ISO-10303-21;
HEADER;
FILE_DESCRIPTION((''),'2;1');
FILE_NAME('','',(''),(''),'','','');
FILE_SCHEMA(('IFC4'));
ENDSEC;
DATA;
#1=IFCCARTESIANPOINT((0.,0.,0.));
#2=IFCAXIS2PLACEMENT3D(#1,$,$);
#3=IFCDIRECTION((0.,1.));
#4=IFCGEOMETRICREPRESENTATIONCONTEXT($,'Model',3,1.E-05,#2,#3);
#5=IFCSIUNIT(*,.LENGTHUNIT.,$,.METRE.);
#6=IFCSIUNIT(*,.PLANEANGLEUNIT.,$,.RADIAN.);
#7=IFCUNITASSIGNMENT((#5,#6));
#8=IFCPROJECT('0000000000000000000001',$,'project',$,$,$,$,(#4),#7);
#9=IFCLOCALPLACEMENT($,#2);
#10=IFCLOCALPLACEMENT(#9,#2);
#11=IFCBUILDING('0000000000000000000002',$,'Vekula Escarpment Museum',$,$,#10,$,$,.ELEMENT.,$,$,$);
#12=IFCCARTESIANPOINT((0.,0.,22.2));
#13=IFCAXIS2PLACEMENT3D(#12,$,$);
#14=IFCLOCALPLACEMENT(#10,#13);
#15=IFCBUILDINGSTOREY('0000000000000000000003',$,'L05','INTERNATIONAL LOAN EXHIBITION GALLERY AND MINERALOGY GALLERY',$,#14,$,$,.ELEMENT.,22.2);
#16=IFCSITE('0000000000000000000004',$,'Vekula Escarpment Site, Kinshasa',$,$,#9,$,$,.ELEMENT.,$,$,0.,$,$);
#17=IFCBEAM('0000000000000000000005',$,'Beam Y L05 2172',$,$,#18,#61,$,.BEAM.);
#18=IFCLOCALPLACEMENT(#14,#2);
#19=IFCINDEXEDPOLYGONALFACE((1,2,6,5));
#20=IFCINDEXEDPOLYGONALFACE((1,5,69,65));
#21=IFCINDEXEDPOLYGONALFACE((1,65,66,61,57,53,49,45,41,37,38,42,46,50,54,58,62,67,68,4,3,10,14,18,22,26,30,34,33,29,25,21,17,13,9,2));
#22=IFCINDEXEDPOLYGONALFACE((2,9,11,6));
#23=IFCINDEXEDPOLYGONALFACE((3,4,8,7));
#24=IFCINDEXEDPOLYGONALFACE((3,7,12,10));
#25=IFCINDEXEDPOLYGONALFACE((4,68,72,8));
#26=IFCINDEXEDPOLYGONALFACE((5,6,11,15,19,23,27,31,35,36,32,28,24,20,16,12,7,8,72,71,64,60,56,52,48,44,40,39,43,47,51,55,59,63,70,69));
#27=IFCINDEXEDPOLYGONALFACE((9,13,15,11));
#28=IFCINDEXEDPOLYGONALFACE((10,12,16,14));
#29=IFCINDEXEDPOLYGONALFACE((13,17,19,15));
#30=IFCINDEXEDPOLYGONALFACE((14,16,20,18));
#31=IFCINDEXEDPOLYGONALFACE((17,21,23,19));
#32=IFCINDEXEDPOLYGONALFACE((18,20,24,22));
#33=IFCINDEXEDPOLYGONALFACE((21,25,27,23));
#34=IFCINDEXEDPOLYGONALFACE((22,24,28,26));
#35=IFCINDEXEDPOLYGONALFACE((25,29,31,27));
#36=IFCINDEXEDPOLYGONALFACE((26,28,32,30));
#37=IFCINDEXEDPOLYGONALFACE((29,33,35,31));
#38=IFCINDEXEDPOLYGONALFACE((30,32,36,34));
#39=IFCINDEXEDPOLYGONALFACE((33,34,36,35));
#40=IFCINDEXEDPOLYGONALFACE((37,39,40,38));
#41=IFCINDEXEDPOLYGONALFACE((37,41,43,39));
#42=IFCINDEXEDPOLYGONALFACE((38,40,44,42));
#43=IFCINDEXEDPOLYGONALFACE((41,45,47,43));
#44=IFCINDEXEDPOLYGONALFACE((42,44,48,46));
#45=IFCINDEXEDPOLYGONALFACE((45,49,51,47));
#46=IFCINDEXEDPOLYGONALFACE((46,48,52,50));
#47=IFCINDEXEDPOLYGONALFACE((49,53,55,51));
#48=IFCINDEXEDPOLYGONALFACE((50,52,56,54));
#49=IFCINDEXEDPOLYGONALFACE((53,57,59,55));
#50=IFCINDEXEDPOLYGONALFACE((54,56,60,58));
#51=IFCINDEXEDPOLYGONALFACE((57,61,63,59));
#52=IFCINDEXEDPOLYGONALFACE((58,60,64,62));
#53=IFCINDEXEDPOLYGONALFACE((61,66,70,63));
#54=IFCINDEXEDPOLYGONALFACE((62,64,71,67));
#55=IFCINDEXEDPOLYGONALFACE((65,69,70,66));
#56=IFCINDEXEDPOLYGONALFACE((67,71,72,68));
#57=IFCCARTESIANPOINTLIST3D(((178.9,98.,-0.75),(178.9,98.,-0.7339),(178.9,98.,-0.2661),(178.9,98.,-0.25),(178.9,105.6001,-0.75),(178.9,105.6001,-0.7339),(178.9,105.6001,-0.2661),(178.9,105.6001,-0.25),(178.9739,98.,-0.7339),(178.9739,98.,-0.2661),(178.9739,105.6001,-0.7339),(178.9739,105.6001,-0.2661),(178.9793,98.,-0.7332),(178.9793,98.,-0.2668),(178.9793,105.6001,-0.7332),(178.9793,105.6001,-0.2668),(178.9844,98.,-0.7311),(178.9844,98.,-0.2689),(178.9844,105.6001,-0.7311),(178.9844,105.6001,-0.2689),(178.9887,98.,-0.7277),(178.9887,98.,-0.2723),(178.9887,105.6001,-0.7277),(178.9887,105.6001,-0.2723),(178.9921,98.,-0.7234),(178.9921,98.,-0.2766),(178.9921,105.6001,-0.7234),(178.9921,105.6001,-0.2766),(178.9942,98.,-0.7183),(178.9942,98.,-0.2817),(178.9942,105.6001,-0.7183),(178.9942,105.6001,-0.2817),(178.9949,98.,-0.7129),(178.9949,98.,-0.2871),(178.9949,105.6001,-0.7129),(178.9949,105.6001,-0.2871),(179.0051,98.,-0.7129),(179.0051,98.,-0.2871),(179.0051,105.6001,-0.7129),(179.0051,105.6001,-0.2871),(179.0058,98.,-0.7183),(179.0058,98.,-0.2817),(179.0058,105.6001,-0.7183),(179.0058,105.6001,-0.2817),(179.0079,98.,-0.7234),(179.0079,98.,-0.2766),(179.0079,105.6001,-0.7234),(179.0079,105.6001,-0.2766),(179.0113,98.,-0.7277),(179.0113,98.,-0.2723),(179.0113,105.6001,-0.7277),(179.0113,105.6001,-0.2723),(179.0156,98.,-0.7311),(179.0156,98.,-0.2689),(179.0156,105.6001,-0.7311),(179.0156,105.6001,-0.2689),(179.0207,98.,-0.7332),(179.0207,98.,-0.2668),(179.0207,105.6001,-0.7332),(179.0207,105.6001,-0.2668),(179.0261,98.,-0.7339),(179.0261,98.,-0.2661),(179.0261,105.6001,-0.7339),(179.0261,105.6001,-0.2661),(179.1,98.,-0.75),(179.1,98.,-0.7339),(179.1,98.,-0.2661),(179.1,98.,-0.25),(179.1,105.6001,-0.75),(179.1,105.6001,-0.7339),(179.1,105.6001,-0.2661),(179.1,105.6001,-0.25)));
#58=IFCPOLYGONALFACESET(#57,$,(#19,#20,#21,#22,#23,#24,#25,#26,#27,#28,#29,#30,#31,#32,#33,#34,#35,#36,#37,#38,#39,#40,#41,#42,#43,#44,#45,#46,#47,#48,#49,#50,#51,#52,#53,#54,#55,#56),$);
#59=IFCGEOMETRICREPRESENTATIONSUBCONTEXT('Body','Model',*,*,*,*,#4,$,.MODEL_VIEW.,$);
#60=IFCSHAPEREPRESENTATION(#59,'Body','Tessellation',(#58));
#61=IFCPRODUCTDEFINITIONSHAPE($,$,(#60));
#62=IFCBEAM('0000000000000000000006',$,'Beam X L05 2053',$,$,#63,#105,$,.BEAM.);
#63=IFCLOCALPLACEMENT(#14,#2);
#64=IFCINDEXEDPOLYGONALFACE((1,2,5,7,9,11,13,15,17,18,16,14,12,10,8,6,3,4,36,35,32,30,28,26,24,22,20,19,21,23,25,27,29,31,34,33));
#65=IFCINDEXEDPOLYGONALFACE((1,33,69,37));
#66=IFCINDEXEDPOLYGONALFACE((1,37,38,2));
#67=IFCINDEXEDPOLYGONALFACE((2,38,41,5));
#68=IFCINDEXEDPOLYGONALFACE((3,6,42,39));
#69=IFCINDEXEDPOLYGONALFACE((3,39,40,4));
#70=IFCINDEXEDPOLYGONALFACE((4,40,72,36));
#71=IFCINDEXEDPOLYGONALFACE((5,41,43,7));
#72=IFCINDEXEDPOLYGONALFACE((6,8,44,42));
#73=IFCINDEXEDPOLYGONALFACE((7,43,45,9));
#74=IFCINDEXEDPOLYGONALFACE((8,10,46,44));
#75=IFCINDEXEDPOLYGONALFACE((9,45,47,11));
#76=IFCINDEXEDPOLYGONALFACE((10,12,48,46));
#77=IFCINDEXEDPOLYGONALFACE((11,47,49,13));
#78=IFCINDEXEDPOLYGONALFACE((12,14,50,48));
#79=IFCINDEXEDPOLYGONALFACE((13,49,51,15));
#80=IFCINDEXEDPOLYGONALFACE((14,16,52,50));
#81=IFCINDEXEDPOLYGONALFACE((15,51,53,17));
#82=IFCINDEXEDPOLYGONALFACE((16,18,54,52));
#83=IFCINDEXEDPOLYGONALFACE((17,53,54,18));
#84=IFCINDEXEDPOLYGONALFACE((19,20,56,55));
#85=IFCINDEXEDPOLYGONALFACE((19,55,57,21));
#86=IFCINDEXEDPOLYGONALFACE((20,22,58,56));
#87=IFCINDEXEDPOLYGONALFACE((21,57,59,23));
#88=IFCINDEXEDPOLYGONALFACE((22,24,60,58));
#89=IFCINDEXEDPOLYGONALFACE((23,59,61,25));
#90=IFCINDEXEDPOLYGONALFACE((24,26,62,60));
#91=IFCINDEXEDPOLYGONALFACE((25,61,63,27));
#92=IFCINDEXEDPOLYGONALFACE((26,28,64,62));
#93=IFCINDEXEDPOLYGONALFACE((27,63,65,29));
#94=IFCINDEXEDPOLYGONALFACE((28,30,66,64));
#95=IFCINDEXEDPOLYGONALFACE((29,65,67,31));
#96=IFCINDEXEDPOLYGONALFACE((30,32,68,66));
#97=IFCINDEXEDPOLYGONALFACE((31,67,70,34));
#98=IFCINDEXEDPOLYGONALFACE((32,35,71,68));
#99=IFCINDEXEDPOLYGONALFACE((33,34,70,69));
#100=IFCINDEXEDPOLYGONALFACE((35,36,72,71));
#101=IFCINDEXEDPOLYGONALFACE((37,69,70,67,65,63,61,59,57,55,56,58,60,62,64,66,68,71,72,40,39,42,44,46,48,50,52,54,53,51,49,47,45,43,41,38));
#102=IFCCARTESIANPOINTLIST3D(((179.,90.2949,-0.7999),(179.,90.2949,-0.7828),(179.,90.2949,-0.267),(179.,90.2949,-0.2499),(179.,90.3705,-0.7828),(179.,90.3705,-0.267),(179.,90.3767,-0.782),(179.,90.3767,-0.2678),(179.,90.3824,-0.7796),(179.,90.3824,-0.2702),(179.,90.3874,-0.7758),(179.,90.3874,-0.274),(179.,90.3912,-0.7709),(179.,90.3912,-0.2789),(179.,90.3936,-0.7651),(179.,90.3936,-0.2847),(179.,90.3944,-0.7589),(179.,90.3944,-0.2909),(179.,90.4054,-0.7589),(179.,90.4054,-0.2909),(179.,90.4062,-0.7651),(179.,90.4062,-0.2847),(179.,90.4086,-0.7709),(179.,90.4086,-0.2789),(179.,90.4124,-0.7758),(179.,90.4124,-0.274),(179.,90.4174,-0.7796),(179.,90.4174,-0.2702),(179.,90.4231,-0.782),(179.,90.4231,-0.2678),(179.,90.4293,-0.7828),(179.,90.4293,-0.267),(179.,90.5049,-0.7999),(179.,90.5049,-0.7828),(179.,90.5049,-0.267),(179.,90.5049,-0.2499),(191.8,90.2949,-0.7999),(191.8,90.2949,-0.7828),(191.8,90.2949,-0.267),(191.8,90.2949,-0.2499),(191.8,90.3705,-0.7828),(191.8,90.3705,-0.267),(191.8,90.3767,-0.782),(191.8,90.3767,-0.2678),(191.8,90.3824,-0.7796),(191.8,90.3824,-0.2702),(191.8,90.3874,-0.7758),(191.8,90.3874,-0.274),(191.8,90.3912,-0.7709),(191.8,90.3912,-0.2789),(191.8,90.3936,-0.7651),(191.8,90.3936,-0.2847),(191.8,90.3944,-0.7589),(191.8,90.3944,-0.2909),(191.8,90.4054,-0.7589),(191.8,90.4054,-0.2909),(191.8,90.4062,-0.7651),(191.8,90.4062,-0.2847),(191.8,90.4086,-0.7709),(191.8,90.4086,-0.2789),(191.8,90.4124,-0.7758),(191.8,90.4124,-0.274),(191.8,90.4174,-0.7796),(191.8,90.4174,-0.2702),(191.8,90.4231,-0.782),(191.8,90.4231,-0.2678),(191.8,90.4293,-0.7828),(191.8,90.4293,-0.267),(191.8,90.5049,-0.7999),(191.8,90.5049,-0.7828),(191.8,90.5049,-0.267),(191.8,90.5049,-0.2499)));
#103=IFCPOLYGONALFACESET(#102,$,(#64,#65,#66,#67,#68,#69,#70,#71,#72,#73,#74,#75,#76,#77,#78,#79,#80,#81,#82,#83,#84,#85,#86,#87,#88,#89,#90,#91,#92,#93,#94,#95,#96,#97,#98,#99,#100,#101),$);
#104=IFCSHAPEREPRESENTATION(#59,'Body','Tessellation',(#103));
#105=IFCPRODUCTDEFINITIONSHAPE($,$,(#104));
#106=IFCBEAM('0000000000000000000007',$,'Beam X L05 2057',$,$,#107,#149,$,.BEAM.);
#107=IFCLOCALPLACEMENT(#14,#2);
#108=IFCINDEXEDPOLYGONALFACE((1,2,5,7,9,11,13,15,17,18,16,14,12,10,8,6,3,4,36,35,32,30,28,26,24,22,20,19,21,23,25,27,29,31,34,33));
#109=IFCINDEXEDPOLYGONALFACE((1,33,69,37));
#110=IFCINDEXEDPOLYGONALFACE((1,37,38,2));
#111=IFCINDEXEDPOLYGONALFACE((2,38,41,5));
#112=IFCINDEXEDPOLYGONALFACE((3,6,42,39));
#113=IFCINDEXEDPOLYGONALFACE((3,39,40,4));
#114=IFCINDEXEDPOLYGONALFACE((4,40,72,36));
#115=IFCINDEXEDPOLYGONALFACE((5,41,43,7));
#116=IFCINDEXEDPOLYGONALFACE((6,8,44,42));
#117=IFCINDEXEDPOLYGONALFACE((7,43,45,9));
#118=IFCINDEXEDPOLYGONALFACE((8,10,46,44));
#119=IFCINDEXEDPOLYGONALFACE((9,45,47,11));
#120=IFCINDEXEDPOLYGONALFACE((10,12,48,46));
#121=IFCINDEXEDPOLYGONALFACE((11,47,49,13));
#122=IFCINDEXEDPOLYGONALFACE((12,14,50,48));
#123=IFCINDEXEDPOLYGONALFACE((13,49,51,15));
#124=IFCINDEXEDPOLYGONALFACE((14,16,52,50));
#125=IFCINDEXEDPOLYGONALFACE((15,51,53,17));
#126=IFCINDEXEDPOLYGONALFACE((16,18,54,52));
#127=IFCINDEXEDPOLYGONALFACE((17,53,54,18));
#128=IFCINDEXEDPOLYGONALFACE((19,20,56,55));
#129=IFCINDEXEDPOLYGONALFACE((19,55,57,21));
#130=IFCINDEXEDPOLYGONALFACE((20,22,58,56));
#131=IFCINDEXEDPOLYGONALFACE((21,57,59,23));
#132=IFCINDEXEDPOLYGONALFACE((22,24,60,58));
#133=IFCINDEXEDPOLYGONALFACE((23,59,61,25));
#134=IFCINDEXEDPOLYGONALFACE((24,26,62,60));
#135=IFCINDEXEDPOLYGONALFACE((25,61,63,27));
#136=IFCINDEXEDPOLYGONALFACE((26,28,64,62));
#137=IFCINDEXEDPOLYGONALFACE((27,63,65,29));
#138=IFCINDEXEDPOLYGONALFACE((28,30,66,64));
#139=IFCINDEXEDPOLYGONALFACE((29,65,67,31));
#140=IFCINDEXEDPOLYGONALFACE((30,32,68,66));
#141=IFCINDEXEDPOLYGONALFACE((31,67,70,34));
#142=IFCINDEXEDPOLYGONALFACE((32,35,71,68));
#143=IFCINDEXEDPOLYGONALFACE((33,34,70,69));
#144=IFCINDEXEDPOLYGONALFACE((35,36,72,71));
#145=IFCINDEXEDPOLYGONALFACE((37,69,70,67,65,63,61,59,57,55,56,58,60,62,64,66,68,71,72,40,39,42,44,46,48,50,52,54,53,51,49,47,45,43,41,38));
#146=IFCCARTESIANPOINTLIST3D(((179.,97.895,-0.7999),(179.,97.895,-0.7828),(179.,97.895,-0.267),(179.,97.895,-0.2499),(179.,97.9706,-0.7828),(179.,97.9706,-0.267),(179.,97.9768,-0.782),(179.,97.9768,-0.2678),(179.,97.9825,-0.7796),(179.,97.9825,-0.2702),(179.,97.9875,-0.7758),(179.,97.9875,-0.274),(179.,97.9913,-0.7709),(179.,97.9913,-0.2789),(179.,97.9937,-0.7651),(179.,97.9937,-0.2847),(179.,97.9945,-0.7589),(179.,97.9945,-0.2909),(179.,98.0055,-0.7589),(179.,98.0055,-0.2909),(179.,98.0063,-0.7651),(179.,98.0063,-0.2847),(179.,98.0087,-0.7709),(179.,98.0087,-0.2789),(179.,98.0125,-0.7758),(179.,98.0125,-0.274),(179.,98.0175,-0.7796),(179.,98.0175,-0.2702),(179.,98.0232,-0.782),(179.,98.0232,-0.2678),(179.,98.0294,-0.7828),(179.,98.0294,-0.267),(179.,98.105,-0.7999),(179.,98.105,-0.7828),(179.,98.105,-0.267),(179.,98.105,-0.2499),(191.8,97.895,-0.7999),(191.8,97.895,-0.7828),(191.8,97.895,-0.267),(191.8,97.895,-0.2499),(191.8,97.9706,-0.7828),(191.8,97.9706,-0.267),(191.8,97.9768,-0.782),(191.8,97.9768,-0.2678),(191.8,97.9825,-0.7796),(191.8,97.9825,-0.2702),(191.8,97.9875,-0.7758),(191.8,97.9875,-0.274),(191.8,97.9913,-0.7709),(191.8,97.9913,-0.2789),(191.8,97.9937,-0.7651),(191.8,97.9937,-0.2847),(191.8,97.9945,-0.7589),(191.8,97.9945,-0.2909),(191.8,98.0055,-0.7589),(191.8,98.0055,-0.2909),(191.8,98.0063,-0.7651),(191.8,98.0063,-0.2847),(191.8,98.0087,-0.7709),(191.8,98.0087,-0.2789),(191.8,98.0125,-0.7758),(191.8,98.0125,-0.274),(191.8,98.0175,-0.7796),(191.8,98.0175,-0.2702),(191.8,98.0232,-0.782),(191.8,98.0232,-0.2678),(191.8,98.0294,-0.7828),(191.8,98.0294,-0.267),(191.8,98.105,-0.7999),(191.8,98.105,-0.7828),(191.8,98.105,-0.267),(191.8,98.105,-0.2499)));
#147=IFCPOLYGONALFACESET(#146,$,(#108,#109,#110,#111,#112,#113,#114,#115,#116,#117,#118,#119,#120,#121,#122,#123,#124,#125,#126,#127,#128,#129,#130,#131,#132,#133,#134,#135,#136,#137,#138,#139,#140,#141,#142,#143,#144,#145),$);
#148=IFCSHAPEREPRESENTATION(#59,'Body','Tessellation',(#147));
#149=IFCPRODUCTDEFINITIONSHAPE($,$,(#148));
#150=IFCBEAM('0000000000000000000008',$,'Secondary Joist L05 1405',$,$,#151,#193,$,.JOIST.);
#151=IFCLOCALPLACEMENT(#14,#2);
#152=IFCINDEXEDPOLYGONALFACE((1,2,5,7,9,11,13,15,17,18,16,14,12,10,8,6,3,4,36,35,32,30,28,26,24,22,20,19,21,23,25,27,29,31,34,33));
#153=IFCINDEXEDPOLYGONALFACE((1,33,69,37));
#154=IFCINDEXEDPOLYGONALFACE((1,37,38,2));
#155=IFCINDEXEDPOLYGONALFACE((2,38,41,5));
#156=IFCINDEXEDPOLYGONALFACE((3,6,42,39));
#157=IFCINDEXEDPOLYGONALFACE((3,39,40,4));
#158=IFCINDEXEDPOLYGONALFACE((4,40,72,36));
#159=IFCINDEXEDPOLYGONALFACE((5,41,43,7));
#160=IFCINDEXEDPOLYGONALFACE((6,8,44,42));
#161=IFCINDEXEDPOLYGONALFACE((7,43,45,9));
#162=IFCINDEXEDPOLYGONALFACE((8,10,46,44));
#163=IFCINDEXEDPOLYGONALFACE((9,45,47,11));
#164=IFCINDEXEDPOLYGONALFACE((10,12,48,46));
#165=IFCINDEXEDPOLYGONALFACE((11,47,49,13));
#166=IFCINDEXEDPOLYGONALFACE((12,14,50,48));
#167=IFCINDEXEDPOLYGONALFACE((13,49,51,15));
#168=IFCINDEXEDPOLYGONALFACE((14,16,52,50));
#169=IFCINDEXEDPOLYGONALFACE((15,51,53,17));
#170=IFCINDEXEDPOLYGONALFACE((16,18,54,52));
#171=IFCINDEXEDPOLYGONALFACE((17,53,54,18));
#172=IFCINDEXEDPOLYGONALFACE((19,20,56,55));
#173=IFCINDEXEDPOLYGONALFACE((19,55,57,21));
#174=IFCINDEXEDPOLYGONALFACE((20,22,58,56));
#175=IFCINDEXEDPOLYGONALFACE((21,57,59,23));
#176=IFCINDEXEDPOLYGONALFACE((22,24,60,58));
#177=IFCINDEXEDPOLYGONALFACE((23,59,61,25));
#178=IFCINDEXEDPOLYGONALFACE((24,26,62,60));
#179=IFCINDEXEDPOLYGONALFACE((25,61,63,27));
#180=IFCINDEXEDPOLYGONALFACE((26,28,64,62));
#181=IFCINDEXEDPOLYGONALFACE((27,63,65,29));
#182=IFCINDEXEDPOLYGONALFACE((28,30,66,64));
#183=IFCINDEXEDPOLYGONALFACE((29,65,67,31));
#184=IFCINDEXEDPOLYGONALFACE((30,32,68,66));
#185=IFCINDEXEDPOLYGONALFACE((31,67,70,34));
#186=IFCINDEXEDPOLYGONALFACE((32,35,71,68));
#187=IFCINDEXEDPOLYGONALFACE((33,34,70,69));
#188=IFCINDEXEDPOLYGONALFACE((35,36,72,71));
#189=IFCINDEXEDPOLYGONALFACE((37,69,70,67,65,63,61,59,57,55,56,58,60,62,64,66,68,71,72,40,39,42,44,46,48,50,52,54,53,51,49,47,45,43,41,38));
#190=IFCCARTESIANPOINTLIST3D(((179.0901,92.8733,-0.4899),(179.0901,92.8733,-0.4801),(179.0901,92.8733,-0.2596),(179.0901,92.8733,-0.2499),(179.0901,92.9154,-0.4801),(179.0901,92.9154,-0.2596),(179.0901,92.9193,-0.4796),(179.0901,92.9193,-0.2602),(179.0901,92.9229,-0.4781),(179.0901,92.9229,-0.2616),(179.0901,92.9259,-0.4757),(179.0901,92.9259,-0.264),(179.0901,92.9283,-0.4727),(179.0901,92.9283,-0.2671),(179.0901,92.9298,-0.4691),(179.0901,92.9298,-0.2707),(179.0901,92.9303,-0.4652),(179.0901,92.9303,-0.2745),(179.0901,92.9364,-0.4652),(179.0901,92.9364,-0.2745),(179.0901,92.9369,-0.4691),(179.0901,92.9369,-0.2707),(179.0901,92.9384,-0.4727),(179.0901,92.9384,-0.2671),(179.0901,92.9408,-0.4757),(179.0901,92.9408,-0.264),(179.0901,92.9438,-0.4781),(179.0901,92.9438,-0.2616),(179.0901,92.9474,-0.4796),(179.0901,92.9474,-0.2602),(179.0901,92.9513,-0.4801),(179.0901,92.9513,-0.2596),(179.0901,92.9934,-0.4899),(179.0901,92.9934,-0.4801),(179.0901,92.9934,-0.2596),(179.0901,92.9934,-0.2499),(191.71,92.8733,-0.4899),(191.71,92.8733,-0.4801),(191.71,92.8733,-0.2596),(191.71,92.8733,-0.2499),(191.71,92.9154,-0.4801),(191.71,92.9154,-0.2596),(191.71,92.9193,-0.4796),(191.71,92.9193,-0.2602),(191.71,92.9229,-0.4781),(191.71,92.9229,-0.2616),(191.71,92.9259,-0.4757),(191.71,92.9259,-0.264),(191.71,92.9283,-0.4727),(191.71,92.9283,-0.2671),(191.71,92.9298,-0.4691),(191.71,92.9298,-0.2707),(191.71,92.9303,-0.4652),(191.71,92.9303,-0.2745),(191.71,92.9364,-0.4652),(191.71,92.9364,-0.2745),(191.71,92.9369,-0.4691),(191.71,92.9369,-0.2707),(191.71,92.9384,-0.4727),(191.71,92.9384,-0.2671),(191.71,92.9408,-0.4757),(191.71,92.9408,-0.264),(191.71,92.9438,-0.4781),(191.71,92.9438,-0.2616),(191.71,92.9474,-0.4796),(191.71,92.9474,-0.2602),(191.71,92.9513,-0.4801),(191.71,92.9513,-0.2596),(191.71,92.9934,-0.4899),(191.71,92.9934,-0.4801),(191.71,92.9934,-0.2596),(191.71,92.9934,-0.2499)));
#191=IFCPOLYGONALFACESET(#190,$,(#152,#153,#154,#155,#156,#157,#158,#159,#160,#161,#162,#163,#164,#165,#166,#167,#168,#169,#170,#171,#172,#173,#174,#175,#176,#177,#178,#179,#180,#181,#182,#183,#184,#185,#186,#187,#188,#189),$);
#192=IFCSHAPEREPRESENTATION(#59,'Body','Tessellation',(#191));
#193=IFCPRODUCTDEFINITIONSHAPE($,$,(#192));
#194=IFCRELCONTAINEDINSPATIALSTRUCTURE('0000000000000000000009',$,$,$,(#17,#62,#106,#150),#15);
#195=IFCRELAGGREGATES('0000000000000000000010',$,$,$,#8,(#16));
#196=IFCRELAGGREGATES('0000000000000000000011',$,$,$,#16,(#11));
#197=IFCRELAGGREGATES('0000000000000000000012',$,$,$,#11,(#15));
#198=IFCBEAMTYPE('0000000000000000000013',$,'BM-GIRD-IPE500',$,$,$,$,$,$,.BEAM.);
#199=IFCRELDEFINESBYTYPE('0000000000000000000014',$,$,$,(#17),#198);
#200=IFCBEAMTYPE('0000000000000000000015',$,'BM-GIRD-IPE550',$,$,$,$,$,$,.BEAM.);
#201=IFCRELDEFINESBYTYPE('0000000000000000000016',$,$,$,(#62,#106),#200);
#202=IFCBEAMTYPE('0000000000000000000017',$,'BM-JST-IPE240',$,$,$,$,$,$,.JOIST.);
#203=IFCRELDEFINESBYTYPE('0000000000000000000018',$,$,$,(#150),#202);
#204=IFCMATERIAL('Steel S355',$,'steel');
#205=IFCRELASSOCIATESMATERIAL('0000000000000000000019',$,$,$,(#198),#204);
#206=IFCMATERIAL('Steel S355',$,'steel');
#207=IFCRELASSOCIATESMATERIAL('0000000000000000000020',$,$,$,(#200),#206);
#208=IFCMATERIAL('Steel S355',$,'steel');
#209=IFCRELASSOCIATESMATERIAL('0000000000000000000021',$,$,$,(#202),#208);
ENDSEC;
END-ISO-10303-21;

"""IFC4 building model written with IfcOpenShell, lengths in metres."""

from ifc_helpers import new_model, si_unit, direction, frame, origin, origin_2d, place, context, subcontext, project, spatial, i_section, extrude, material, material_profile, profile_set, type_object, element, save


model = new_model("IFC4")

# Units and contexts
model_context = context("Model", 3, precision=1e-05, world=origin(), true_north=direction((0.0, 1.0)))
body_context = subcontext(model_context, "Body", "Model", "MODEL_VIEW")
ifc_project = project(units=[si_unit("LENGTHUNIT", "METRE"), si_unit("PLANEANGLEUNIT", "RADIAN")], contexts=[model_context])

# Site, building, storey
site_placement = place(None, origin())
site = spatial("IfcSite", under=ifc_project, at=site_placement, Name="Vekula Escarpment Site, Kinshasa", CompositionType="ELEMENT", RefElevation=0.0)
building_placement = place(site_placement, origin())
building = spatial("IfcBuilding", under=site, at=building_placement, Name="Vekula Escarpment Museum", CompositionType="ELEMENT")
storey_placement = place(building_placement, frame((0.0, 0.0, 22.2)))
storey = spatial("IfcBuildingStorey", under=building, at=storey_placement, Name="L05", Description="INTERNATIONAL LOAN EXHIBITION GALLERY AND MINERALOGY GALLERY", CompositionType="ELEMENT", Elevation=22.2)

# Beams
ifc_material_1 = material(Name="Steel S355", Category="steel")
ifc_material_profile_1 = material_profile(ifc_material_1, i_section(OverallWidth=0.2, OverallDepth=0.5, WebThickness=0.0103, FlangeThickness=0.0161, FilletRadius=0.021, at=origin_2d()), Name="IPE 500")
ifc_profile_set_1 = profile_set([ifc_material_profile_1], Name="Steel S355")
beam_type_1 = type_object("IfcBeamType", Name="BM-GIRD-IPE500", PredefinedType="BEAM", material=ifc_profile_set_1)
for number, where, z_axis, x_axis, name in (
    (1, (179.0, 98.0, -0.5), (0.0, 1.0, 0.0), (-1.0, 0.0, 0.0), "Beam Y L05 2172"),
):
    element("IfcBeam", number, at=place(storey_placement, frame(where, z_axis=z_axis, x_axis=x_axis)), inside=storey, type_object=beam_type_1, Name=name, PredefinedType="BEAM", context=body_context, shape_type="SweptSolid", body=[
        extrude(i_section(OverallWidth=0.2, OverallDepth=0.5, WebThickness=0.0103, FlangeThickness=0.0161, FilletRadius=0.021, at=origin_2d()), origin(), (0.0, 0.0, 1.0), 7.6001),
    ])
ifc_material_2 = material(Name="Steel S355", Category="steel")
ifc_material_profile_2 = material_profile(ifc_material_2, i_section(OverallWidth=0.21, OverallDepth=0.55, WebThickness=0.011, FlangeThickness=0.0171, FilletRadius=0.0239, at=origin_2d()), Name="IPE 550")
ifc_profile_set_2 = profile_set([ifc_material_profile_2], Name="Steel S355")
beam_type_2 = type_object("IfcBeamType", Name="BM-GIRD-IPE550", PredefinedType="BEAM", material=ifc_profile_set_2)
for number, where, z_axis, x_axis, name in (
    (2, (179.0, 90.3999, -0.5249), (1.0, 0.0, 0.0), (0.0, 1.0, 0.0), "Beam X L05 2053"),
    (3, (179.0, 98.0, -0.5249), (1.0, 0.0, 0.0), (0.0, 1.0, 0.0), "Beam X L05 2057"),
):
    element("IfcBeam", number, at=place(storey_placement, frame(where, z_axis=z_axis, x_axis=x_axis)), inside=storey, type_object=beam_type_2, Name=name, PredefinedType="BEAM", context=body_context, shape_type="SweptSolid", body=[
        extrude(i_section(OverallWidth=0.21, OverallDepth=0.55, WebThickness=0.011, FlangeThickness=0.0171, FilletRadius=0.0239, at=origin_2d()), origin(), (0.0, 0.0, 1.0), 12.8),
    ])
ifc_material_3 = material(Name="Steel S355", Category="steel")
ifc_material_profile_3 = material_profile(ifc_material_3, i_section(OverallWidth=0.1201, OverallDepth=0.24, WebThickness=0.0061, FlangeThickness=0.0098, FilletRadius=0.0149, at=origin_2d()), Name="IPE 240")
ifc_profile_set_3 = profile_set([ifc_material_profile_3], Name="Steel S355")
beam_type_3 = type_object("IfcBeamType", Name="BM-JST-IPE240", PredefinedType="JOIST", material=ifc_profile_set_3)
for number, where, z_axis, x_axis, name in (
    (4, (179.0901, 92.9333, -0.3699), (1.0, 0.0, 0.0), (0.0, 1.0, 0.0), "Secondary Joist L05 1405"),
):
    element("IfcBeam", number, at=place(storey_placement, frame(where, z_axis=z_axis, x_axis=x_axis)), inside=storey, type_object=beam_type_3, Name=name, PredefinedType="JOIST", context=body_context, shape_type="SweptSolid", body=[
        extrude(i_section(OverallWidth=0.1201, OverallDepth=0.24, WebThickness=0.0061, FlangeThickness=0.0098, FilletRadius=0.0149, at=origin_2d()), origin(), (0.0, 0.0, 1.0), 12.6199),
    ])

save(model, "model.ifc")
